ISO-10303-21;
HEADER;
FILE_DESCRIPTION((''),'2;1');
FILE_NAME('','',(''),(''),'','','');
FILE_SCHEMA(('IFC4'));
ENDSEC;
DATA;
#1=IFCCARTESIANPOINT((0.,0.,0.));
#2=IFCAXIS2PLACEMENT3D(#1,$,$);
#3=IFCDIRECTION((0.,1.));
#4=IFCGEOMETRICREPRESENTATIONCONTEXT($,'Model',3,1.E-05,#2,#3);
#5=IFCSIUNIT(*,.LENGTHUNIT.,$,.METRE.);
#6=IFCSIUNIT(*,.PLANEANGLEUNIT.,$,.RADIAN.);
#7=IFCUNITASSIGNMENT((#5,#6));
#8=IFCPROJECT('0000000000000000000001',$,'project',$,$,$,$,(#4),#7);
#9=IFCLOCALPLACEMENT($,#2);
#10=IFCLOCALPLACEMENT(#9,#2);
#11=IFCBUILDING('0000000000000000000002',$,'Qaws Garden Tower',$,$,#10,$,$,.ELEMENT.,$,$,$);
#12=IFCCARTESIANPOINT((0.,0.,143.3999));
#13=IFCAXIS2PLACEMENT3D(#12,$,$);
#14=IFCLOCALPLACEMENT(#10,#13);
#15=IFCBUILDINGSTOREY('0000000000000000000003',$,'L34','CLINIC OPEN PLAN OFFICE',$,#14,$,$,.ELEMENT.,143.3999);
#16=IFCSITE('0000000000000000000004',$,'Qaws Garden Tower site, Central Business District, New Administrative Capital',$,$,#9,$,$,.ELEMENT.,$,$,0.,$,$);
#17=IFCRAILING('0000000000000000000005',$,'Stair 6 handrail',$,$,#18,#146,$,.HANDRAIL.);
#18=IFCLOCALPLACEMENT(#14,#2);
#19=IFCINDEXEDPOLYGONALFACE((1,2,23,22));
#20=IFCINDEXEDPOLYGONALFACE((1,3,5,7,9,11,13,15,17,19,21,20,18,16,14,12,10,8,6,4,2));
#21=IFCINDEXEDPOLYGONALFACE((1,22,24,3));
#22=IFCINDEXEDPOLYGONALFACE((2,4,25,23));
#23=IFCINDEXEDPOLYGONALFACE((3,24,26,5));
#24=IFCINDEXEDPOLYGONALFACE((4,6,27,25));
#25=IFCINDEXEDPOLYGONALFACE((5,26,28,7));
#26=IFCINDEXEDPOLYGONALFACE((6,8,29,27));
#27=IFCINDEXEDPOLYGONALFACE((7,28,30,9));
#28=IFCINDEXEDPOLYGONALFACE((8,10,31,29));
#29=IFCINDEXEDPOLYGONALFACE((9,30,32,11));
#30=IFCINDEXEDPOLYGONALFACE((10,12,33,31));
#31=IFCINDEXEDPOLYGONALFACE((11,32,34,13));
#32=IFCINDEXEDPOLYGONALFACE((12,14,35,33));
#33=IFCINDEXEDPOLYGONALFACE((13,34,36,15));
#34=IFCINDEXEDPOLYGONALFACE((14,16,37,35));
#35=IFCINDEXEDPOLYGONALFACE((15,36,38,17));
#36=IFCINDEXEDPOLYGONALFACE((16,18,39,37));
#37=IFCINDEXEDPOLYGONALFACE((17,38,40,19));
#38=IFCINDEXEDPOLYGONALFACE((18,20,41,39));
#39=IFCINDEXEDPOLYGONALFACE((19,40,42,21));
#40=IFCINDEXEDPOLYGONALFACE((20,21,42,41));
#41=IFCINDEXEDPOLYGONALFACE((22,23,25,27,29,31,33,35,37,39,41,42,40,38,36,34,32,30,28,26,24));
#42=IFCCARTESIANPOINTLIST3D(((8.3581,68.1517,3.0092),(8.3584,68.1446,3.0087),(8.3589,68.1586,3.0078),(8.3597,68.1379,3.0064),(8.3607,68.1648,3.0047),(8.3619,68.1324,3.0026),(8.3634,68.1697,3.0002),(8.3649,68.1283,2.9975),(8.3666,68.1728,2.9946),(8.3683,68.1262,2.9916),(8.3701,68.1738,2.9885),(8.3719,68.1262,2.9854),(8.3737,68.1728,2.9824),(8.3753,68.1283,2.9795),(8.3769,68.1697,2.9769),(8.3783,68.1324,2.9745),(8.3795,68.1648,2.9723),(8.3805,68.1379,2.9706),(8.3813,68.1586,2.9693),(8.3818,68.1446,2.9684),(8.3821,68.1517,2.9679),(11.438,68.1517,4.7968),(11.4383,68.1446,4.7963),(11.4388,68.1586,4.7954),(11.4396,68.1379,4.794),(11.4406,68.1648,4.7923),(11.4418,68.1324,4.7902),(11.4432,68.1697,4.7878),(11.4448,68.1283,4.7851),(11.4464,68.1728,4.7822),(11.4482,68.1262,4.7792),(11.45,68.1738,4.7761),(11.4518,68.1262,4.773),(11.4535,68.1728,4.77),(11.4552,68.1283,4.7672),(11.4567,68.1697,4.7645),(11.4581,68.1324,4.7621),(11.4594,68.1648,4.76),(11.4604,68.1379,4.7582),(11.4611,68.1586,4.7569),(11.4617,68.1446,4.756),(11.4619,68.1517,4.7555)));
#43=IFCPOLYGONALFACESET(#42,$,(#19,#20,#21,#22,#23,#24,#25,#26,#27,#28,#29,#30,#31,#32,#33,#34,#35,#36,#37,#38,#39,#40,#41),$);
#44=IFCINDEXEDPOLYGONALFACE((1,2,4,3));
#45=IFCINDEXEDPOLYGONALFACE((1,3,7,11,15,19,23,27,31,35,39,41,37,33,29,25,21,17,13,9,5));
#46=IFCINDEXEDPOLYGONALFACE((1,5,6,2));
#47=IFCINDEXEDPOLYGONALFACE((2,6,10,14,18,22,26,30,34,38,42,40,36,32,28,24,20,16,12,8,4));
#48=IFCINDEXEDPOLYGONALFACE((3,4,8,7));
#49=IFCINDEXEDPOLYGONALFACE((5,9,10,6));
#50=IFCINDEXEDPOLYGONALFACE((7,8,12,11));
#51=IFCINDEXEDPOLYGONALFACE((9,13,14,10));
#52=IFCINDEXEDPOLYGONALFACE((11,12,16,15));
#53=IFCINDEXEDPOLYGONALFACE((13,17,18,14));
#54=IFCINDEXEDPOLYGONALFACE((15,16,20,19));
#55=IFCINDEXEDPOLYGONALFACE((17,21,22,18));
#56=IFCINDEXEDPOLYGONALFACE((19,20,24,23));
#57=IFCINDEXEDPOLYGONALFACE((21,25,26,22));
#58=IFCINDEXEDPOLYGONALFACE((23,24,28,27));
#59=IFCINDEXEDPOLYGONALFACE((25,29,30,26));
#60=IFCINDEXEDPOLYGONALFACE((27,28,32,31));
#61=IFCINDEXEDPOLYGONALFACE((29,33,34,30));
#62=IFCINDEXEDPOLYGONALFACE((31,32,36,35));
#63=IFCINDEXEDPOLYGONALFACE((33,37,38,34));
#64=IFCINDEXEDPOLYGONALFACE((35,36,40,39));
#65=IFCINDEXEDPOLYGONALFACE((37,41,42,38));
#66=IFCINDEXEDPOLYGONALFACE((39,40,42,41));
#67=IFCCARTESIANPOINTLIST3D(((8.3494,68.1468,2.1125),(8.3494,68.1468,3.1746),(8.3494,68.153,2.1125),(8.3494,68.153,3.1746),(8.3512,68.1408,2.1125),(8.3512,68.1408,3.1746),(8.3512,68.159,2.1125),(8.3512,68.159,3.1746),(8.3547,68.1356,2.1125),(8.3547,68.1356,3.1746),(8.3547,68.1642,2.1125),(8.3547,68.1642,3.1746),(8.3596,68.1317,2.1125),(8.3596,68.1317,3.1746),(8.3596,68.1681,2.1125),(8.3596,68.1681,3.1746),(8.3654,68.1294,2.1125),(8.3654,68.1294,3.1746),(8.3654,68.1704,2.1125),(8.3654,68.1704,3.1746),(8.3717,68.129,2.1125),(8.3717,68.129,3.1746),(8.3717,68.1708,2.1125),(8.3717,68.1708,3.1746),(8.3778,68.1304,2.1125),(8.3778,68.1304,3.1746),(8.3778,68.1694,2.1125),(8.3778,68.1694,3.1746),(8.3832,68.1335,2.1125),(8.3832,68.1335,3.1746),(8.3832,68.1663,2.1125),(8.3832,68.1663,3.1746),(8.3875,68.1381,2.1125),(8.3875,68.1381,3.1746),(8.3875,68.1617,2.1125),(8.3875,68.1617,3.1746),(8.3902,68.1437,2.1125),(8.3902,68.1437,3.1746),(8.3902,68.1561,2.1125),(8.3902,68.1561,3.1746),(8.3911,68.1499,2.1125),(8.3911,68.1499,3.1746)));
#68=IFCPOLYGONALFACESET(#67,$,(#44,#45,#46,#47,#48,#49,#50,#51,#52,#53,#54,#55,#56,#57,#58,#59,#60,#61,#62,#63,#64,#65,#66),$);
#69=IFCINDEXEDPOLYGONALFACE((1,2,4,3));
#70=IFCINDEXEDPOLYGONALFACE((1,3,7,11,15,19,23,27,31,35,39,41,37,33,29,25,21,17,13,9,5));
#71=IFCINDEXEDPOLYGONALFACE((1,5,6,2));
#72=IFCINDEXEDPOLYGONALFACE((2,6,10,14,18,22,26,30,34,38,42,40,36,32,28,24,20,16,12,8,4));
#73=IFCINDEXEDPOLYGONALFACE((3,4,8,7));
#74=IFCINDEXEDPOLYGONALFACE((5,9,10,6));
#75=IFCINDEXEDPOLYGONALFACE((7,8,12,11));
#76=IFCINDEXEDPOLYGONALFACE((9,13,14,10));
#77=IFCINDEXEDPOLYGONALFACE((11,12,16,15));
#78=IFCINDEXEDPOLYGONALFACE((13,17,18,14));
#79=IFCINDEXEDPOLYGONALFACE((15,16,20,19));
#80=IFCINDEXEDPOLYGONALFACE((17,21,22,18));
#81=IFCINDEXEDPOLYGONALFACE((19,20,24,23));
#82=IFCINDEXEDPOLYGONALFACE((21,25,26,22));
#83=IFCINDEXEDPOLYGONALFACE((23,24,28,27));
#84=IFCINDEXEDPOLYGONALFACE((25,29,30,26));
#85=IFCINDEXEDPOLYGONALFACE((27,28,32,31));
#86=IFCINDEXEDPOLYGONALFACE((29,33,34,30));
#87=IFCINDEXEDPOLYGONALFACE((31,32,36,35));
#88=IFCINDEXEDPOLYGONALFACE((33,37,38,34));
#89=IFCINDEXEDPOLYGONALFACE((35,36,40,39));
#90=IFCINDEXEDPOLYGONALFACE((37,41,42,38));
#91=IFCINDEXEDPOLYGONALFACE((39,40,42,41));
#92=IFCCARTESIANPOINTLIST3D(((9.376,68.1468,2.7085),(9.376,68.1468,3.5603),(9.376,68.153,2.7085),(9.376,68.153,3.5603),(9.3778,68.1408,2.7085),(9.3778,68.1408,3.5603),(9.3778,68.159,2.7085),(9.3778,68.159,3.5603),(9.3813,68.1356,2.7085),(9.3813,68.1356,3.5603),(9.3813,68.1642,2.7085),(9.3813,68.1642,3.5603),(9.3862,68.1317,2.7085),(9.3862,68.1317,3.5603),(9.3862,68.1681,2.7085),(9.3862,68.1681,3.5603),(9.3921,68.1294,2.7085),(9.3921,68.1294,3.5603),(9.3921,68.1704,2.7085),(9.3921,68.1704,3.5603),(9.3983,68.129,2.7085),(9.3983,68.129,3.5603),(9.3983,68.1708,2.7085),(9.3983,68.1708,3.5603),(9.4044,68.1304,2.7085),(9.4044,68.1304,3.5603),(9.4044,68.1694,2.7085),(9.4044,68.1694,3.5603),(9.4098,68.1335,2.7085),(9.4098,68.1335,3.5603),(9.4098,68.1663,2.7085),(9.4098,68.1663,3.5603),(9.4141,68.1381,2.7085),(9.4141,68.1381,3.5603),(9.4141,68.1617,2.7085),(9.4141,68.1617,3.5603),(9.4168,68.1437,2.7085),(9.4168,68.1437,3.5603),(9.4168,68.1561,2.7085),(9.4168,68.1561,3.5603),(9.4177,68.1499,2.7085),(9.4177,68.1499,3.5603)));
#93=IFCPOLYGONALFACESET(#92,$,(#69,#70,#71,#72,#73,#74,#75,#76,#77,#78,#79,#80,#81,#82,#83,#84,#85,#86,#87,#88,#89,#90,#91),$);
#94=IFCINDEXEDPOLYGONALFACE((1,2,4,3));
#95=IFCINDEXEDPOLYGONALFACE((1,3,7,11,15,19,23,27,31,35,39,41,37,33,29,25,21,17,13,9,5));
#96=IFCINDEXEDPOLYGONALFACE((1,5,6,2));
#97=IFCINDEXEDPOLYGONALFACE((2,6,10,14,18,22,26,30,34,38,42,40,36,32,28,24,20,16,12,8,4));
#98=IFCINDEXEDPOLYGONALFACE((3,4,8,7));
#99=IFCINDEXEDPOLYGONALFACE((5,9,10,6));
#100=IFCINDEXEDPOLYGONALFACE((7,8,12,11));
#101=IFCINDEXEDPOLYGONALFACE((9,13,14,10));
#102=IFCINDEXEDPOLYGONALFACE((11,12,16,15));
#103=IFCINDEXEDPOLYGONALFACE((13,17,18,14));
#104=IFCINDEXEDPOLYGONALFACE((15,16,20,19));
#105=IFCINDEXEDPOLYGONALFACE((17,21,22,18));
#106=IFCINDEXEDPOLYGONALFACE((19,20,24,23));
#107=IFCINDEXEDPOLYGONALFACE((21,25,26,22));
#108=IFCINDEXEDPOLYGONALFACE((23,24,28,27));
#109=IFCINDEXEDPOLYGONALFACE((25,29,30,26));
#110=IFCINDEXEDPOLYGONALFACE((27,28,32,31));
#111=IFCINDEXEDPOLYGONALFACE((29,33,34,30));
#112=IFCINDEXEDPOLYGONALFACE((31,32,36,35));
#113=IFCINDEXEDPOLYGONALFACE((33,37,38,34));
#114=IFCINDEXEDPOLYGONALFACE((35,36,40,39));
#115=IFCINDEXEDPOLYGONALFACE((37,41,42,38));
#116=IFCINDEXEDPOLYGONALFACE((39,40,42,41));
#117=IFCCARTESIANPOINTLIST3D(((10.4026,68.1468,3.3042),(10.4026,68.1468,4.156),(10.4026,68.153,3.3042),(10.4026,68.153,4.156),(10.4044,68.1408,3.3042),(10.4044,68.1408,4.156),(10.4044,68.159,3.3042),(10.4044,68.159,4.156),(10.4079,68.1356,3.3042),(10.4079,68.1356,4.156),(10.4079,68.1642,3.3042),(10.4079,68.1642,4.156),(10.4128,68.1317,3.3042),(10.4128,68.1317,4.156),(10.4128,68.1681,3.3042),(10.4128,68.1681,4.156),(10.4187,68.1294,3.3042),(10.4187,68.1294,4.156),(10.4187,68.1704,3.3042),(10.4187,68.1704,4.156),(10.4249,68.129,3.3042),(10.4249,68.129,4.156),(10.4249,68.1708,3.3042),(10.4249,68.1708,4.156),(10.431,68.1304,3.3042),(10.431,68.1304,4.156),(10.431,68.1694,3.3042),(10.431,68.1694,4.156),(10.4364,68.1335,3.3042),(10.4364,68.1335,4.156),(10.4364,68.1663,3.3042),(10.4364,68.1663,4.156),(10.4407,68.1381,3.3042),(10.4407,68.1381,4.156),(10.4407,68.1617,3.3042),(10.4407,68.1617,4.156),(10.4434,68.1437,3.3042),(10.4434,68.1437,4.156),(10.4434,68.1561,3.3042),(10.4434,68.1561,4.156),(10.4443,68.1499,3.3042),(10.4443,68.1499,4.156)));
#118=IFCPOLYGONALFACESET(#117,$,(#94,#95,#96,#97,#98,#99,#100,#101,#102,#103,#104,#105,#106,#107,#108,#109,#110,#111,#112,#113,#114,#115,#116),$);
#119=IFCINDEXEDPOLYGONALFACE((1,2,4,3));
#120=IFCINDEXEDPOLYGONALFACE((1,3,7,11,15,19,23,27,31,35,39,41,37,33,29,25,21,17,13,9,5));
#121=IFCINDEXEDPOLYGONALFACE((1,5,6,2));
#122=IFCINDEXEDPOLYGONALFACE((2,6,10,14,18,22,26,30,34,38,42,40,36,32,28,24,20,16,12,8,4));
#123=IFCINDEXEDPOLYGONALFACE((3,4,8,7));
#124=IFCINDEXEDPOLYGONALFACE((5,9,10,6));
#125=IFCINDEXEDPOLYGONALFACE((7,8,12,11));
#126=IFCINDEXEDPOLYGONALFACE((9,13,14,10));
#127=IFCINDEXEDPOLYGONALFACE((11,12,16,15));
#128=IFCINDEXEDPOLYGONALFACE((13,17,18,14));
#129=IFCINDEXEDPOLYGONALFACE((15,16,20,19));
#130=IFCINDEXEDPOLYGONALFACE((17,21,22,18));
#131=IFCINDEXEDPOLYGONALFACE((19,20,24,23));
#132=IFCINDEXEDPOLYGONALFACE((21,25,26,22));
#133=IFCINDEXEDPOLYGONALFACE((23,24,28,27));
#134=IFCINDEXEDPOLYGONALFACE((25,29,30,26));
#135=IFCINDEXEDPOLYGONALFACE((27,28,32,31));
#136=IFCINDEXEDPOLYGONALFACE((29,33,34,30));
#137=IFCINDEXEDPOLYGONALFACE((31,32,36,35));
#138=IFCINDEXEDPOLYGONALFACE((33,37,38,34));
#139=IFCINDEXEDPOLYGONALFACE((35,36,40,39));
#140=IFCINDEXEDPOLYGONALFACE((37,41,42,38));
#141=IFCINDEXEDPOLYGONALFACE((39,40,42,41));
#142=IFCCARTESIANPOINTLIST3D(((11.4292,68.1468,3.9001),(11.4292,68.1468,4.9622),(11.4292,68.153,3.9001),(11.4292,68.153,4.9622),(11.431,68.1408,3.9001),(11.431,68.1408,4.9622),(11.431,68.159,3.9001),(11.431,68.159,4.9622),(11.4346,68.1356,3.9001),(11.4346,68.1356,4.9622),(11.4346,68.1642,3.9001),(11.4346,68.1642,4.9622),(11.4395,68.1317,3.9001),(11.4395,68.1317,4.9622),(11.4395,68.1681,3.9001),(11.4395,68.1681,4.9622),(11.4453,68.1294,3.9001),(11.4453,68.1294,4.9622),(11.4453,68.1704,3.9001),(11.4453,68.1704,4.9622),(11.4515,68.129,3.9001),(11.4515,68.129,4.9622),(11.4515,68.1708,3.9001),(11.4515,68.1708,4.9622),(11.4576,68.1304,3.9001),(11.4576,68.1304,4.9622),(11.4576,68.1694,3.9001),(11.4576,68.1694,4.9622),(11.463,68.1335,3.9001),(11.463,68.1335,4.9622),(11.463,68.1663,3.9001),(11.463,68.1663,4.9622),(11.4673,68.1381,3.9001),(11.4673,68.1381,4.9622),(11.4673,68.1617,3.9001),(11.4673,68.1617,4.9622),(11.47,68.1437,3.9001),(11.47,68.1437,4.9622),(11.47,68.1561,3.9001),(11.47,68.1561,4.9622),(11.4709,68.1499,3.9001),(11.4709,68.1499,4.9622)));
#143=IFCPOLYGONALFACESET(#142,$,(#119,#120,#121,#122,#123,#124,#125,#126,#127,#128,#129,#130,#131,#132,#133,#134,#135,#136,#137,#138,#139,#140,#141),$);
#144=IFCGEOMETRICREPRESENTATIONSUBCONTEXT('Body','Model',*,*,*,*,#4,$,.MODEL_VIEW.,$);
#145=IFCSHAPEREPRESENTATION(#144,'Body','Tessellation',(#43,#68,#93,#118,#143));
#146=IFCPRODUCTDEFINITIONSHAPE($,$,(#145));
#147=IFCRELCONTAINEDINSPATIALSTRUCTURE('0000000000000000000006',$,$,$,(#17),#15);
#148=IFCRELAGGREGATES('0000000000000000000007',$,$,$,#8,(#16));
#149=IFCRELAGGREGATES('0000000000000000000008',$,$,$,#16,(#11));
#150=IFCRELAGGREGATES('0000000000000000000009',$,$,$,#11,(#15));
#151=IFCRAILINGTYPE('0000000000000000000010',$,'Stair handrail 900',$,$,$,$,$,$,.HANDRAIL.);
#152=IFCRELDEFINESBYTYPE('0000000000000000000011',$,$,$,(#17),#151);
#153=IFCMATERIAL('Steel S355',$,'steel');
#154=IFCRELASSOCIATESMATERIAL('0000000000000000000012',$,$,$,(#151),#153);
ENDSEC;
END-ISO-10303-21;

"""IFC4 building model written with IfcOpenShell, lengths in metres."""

from ifc_helpers import new_model, si_unit, direction, frame, origin, origin_2d, place, context, subcontext, project, spatial, circle, extrude, material, type_object, element, save


model = new_model("IFC4")

# Units and contexts
model_context = context("Model", 3, precision=1e-05, world=origin(), true_north=direction((0.0, 1.0)))
body_context = subcontext(model_context, "Body", "Model", "MODEL_VIEW")
ifc_project = project(units=[si_unit("LENGTHUNIT", "METRE"), si_unit("PLANEANGLEUNIT", "RADIAN")], contexts=[model_context])

# Site, building, storey
site_placement = place(None, origin())
site = spatial("IfcSite", under=ifc_project, at=site_placement, Name="Qaws Garden Tower site, Central Business District, New Administrative Capital", CompositionType="ELEMENT", RefElevation=0.0)
building_placement = place(site_placement, origin())
building = spatial("IfcBuilding", under=site, at=building_placement, Name="Qaws Garden Tower", CompositionType="ELEMENT")
storey_placement = place(building_placement, frame((0.0, 0.0, 143.3999)))
storey = spatial("IfcBuildingStorey", under=building, at=storey_placement, Name="L34", Description="CLINIC OPEN PLAN OFFICE", CompositionType="ELEMENT", Elevation=143.3999)

# Railing
ifc_material_1 = material(Name="Steel S355", Category="steel")
railing_type = type_object("IfcRailingType", Name="Stair handrail 900", PredefinedType="HANDRAIL", material=ifc_material_1)
railing_1_placement = place(storey_placement, frame((8.3701, 68.1499, 2.1125)))
element("IfcRailing", 1, at=railing_1_placement, inside=storey, type_object=railing_type, Name="Stair 6 handrail", PredefinedType="HANDRAIL", context=body_context, shape_type="SweptSolid", body=[
    extrude(circle(Radius=0.0239, at=origin_2d()), frame((0.0, 0.0, 0.876), z_axis=(0.864873, 0.0, 0.50199), x_axis=(0.0, 1.0, 0.0)), (0.0, 0.0, 1.0), 3.561),
    extrude(circle(Radius=0.021, at=origin_2d()), origin(), (0.0, 0.0, 1.0), 1.062),
    extrude(circle(Radius=0.021, at=origin_2d()), frame((1.0266, 0.0, 0.5959)), (0.0, 0.0, 1.0), 0.8518),
    extrude(circle(Radius=0.021, at=origin_2d()), frame((2.0532, 0.0, 1.1917)), (0.0, 0.0, 1.0), 0.8518),
    extrude(circle(Radius=0.021, at=origin_2d()), frame((3.0798, 0.0, 1.7876)), (0.0, 0.0, 1.0), 1.062),
])

save(model, "model.ifc")
